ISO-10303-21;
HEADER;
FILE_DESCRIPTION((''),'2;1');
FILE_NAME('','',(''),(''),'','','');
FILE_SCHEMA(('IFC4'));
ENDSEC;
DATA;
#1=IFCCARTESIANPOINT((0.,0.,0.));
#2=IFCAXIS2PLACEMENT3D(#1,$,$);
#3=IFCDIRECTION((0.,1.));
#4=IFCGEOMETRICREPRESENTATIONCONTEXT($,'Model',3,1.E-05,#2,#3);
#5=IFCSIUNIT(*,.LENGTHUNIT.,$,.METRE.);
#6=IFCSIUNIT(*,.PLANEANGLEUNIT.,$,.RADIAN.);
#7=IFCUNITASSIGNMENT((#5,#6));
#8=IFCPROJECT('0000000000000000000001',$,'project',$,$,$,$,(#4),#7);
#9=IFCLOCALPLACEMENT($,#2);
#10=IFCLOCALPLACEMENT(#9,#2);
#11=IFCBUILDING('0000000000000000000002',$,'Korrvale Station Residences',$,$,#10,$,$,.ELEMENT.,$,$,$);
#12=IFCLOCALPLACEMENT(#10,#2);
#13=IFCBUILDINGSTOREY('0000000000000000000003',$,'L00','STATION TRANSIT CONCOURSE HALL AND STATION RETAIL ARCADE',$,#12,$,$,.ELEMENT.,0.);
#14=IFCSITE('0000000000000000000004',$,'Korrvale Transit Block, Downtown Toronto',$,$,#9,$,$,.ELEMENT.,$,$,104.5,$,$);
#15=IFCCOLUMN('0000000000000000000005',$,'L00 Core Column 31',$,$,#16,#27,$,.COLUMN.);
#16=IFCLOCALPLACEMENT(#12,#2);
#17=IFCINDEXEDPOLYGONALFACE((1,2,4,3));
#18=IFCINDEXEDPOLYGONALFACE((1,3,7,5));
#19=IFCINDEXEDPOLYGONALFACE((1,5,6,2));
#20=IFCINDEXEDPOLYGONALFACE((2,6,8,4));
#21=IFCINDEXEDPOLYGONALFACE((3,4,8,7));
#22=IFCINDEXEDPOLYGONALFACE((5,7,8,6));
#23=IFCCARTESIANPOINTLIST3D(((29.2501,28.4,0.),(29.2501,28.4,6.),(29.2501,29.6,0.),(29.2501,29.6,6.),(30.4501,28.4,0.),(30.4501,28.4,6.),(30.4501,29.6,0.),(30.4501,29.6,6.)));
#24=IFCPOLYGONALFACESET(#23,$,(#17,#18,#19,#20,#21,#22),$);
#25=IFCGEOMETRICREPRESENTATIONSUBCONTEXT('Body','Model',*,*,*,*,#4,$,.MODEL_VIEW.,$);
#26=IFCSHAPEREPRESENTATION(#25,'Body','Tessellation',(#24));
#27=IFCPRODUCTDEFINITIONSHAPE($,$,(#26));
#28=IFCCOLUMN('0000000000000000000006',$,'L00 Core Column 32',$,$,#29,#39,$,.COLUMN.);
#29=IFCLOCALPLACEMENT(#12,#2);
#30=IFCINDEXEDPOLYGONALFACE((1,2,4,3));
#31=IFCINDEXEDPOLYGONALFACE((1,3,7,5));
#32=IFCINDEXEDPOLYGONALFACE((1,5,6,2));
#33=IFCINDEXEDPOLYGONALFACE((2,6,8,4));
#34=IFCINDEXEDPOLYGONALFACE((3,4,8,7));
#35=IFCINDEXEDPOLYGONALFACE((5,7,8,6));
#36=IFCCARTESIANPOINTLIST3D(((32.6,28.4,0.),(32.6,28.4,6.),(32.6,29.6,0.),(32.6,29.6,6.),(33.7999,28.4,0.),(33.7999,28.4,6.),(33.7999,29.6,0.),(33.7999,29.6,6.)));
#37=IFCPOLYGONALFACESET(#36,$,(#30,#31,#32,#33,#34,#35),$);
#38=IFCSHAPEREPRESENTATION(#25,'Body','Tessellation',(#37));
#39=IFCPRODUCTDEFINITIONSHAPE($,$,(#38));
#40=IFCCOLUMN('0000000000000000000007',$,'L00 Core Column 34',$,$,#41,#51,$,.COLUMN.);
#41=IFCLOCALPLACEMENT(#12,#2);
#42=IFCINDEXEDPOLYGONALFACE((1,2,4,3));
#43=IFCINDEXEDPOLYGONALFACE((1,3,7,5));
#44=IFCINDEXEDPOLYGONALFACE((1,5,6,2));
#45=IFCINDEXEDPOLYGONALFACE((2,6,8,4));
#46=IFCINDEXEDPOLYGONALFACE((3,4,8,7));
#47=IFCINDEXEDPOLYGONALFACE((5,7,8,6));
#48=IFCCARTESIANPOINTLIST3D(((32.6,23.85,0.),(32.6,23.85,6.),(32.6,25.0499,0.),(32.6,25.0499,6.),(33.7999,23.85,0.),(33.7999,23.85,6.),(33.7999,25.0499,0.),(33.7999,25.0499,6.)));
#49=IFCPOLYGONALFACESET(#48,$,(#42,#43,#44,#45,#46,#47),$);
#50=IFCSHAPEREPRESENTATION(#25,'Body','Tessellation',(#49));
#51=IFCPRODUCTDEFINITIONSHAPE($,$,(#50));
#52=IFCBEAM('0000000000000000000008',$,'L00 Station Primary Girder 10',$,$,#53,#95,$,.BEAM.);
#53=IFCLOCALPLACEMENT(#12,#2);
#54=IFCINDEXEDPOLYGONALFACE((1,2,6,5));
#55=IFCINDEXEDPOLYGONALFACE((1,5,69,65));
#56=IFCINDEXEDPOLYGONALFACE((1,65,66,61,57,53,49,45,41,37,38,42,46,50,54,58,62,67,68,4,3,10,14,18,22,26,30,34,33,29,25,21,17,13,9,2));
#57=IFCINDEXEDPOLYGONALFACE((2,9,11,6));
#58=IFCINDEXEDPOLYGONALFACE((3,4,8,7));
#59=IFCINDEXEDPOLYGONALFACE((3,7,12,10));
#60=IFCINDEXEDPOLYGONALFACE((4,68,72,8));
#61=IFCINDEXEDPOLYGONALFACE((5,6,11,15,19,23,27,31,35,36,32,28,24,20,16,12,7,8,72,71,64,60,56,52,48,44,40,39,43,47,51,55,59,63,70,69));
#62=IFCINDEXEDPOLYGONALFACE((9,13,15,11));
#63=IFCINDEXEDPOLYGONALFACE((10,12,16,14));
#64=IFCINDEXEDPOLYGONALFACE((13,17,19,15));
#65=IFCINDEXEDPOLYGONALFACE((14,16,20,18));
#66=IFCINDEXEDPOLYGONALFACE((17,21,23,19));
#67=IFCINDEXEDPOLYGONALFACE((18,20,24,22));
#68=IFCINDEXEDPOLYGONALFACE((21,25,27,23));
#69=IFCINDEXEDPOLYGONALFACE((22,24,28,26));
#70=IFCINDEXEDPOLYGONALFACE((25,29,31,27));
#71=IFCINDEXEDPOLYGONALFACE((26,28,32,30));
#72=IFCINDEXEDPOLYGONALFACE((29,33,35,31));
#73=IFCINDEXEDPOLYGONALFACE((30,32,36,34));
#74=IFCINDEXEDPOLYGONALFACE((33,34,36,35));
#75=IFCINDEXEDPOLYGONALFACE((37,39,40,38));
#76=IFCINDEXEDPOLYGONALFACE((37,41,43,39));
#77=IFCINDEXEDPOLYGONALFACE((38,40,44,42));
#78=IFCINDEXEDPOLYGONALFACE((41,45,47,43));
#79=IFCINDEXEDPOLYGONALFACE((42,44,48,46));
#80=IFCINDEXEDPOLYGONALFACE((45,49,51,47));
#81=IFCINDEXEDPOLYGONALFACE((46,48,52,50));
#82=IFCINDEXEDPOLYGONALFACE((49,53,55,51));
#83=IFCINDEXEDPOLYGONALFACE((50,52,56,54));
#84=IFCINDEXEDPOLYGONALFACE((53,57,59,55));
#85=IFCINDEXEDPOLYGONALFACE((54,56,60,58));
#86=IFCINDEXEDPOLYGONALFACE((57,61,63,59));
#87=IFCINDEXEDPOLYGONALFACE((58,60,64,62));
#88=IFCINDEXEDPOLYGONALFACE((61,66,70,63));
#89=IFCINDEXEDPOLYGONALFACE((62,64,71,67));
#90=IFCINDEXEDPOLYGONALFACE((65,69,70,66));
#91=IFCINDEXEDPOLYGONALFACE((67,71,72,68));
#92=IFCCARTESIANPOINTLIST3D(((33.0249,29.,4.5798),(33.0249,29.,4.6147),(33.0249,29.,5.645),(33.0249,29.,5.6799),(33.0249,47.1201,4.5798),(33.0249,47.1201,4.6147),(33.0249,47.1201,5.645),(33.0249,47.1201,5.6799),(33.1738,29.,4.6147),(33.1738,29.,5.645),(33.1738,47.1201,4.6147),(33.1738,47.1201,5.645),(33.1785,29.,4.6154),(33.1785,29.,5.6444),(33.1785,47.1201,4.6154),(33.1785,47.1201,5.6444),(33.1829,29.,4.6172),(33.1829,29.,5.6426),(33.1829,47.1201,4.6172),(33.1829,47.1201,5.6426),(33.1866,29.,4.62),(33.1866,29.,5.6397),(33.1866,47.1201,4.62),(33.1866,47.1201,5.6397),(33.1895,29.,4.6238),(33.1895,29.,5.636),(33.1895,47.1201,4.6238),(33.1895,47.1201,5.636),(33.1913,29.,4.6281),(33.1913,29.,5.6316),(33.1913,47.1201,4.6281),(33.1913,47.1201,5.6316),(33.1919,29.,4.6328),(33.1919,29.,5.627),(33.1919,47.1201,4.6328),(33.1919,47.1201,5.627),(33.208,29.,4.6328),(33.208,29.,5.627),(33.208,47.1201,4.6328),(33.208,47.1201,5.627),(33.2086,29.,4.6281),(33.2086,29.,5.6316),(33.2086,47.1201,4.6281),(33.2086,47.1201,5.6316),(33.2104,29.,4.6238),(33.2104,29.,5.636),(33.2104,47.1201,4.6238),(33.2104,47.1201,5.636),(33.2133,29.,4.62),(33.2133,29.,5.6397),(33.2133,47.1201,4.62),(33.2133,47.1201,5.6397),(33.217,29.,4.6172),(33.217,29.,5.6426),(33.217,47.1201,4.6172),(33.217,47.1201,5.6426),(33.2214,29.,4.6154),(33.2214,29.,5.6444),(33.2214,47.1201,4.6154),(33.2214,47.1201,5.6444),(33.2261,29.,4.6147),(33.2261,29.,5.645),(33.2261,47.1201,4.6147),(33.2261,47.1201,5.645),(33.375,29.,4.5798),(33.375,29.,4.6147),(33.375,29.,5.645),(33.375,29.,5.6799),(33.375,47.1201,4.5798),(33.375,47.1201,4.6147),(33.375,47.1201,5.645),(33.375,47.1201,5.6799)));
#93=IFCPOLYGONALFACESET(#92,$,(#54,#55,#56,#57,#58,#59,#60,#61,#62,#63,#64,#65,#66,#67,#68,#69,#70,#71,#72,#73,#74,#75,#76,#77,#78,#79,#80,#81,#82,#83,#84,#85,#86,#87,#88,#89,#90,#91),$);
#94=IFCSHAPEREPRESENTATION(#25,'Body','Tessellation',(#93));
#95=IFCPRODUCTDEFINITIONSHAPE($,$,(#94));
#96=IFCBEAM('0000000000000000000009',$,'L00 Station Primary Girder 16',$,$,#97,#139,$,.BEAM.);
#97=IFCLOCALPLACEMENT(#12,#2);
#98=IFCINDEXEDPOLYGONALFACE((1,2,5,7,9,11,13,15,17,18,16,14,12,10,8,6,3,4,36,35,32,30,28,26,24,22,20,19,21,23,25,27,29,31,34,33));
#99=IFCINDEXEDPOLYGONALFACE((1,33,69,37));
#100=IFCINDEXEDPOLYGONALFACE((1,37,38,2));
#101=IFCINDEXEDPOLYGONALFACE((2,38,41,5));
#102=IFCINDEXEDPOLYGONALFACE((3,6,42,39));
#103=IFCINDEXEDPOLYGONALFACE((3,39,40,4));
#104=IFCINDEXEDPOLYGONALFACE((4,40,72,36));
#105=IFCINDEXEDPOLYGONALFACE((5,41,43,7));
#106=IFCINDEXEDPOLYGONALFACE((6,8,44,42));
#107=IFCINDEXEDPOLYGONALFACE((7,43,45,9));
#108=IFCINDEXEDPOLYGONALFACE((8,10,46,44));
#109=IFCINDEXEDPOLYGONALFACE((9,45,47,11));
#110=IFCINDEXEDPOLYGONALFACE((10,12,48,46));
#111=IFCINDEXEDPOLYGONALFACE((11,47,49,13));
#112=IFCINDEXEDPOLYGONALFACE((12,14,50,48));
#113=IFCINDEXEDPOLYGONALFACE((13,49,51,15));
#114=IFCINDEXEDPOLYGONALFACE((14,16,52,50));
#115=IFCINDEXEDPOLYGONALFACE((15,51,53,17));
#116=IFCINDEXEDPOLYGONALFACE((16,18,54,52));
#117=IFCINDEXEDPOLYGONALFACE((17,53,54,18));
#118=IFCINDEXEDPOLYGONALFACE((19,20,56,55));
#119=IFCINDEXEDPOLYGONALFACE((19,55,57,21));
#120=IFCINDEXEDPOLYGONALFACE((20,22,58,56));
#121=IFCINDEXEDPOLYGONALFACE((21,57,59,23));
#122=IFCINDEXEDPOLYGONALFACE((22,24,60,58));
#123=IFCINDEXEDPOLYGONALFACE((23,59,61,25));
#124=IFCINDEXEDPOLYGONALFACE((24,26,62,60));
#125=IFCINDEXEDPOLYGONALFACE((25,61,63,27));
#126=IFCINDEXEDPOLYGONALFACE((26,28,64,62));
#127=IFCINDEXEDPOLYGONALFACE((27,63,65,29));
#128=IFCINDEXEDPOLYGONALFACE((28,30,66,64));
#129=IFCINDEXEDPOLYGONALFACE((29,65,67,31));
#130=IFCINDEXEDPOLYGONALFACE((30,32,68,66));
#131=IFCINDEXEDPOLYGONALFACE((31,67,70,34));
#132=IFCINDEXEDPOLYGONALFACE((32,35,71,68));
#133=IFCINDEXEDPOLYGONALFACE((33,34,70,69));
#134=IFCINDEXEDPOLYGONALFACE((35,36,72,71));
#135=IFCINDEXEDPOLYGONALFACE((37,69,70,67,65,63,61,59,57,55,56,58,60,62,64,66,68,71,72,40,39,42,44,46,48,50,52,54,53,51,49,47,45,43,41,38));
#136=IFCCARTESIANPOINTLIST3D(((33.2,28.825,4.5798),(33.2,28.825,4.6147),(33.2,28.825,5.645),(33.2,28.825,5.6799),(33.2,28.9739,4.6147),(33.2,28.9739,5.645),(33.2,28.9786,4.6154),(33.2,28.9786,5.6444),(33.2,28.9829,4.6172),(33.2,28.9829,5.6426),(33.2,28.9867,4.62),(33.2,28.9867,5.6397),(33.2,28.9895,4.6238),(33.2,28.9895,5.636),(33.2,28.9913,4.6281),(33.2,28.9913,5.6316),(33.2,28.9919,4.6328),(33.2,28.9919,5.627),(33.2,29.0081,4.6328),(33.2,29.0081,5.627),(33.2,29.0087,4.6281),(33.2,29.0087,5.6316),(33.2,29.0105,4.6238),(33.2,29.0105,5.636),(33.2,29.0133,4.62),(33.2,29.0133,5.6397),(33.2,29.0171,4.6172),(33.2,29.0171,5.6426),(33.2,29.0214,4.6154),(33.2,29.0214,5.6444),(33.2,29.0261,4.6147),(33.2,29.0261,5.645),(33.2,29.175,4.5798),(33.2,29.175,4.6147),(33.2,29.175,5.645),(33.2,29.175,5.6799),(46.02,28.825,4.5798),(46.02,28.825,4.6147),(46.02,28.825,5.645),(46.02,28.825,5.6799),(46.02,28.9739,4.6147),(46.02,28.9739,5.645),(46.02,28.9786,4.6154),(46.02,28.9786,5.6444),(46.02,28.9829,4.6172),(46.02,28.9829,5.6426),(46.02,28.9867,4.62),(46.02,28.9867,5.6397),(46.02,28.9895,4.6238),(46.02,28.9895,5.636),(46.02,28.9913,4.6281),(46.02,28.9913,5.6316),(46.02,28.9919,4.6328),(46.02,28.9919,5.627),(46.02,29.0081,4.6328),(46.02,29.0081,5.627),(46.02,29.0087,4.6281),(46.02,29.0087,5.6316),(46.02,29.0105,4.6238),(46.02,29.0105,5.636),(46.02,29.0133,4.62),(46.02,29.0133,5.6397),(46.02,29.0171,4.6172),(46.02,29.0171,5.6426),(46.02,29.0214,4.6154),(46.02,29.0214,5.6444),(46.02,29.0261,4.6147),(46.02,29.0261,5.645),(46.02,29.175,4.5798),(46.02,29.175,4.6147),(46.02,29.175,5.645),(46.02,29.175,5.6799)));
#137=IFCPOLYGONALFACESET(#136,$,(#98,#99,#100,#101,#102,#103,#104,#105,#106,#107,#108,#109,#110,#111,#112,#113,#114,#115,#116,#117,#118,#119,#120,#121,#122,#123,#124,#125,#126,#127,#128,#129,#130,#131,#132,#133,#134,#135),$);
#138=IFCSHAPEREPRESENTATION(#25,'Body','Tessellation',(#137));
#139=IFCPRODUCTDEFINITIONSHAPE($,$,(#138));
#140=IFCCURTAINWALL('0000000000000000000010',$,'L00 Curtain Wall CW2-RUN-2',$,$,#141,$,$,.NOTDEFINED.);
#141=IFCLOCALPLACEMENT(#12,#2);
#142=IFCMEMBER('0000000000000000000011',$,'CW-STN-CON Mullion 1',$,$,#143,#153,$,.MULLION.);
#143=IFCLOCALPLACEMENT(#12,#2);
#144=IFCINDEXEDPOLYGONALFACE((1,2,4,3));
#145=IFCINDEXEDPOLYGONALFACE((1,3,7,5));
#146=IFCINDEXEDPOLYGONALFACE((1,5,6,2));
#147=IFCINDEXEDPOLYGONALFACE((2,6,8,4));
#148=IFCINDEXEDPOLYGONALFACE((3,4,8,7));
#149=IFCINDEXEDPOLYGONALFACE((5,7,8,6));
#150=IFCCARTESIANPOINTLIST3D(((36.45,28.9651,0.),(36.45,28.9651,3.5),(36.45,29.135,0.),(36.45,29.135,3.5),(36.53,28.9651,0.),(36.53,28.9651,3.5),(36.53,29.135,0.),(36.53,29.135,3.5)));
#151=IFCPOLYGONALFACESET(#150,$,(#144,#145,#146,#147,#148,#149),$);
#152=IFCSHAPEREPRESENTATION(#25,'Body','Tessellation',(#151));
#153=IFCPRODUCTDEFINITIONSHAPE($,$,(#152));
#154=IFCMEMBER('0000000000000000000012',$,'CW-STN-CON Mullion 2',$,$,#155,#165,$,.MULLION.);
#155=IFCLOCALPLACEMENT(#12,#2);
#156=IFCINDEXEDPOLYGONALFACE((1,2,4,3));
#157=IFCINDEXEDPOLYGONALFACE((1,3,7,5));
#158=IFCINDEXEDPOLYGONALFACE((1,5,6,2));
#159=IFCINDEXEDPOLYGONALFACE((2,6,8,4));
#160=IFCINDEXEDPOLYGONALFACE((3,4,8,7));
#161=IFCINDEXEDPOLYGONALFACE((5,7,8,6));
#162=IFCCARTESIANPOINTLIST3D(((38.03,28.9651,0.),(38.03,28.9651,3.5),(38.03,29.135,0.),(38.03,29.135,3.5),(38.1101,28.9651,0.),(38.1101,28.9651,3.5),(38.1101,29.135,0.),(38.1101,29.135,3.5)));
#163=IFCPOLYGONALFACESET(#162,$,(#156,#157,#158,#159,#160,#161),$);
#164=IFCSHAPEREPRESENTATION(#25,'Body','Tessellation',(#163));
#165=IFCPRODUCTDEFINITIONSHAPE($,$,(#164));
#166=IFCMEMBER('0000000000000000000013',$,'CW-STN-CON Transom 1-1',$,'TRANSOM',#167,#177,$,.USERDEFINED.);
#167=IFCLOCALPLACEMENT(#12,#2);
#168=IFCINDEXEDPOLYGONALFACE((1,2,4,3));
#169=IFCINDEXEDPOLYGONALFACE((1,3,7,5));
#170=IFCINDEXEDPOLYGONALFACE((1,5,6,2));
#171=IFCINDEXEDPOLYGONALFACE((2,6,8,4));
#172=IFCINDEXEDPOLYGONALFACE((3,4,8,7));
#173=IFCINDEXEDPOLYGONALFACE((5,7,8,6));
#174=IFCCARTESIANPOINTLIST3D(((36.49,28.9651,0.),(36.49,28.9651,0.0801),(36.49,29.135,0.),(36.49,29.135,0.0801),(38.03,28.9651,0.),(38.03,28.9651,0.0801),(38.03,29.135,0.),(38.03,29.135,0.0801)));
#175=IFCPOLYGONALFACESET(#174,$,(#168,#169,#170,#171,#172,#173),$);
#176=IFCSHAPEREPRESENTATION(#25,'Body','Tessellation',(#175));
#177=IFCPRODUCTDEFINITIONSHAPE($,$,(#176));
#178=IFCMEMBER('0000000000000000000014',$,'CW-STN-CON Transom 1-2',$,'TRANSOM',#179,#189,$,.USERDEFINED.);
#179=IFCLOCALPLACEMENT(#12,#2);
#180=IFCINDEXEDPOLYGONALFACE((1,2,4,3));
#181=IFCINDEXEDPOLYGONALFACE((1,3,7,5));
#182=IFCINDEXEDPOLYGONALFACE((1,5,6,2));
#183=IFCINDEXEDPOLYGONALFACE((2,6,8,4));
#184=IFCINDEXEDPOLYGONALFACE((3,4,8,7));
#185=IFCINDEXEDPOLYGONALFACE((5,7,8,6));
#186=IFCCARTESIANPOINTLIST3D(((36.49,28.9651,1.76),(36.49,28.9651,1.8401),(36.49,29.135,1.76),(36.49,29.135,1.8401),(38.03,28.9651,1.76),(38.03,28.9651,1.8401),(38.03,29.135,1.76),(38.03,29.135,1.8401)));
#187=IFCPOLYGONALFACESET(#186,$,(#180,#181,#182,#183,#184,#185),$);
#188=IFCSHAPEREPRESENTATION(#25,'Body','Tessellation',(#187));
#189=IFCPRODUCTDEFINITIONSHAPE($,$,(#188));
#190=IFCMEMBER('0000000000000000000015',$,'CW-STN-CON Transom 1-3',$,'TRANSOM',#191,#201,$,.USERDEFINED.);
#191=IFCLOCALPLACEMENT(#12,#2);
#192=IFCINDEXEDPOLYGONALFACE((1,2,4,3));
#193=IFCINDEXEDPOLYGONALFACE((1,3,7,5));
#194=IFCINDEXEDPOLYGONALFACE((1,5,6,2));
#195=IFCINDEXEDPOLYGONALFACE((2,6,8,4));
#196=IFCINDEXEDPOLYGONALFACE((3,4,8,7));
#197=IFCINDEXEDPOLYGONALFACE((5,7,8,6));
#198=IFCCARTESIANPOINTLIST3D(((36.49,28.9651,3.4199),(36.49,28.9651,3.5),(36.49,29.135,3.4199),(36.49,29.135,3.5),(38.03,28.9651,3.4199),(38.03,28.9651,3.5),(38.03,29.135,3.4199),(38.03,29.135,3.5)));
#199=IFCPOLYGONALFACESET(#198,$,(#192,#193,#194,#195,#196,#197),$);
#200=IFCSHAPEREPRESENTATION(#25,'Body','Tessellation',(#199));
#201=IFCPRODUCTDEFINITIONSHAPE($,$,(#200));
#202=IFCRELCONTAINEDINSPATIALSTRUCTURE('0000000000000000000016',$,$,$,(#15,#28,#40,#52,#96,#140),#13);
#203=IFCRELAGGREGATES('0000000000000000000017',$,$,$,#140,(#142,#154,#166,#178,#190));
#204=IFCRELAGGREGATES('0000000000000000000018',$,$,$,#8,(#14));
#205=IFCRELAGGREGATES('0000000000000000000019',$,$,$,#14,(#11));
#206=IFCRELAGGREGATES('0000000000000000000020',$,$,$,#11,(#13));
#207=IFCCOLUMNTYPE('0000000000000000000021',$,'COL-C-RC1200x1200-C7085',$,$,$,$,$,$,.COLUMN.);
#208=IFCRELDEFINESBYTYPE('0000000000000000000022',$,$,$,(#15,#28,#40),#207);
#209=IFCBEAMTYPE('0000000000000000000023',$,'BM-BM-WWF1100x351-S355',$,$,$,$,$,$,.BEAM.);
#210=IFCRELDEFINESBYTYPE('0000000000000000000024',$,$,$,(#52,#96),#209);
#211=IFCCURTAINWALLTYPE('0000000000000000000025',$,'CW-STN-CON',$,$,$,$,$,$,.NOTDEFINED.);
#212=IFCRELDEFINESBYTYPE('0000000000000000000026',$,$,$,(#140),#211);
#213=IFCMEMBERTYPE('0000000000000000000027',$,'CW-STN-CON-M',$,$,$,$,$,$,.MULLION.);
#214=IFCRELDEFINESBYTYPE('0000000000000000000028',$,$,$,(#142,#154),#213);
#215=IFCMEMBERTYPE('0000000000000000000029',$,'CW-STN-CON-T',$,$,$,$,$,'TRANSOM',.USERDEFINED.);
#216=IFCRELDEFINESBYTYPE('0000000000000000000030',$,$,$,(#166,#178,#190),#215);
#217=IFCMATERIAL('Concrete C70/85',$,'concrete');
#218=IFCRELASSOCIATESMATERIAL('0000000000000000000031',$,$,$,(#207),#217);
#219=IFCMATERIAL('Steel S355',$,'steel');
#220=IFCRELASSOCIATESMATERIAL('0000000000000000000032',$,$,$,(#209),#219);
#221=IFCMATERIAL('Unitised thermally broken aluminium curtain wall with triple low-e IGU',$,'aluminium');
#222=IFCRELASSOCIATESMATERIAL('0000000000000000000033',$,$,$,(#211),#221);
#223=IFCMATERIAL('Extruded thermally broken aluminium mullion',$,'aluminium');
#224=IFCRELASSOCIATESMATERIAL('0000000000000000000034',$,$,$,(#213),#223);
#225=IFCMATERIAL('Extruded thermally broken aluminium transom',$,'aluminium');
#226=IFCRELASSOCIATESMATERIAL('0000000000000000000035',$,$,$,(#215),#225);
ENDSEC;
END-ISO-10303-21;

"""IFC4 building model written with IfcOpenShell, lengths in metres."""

from ifc_helpers import new_model, si_unit, direction, frame, origin, origin_2d, place, context, subcontext, project, spatial, rectangle, i_section, extrude, material, material_profile, profile_set, type_object, element, aggregate, save


model = new_model("IFC4")

# Units and contexts
model_context = context("Model", 3, precision=1e-05, world=origin(), true_north=direction((0.0, 1.0)))
body_context = subcontext(model_context, "Body", "Model", "MODEL_VIEW")
ifc_project = project(units=[si_unit("LENGTHUNIT", "METRE"), si_unit("PLANEANGLEUNIT", "RADIAN")], contexts=[model_context])

# Site, building, storey
site_placement = place(None, origin())
site = spatial("IfcSite", under=ifc_project, at=site_placement, Name="Korrvale Transit Block, Downtown Toronto", CompositionType="ELEMENT", RefElevation=104.5)
building_placement = place(site_placement, origin())
building = spatial("IfcBuilding", under=site, at=building_placement, Name="Korrvale Station Residences", CompositionType="ELEMENT")
storey_placement = place(building_placement, origin())
storey = spatial("IfcBuildingStorey", under=building, at=storey_placement, Name="L00", Description="STATION TRANSIT CONCOURSE HALL AND STATION RETAIL ARCADE", CompositionType="ELEMENT", Elevation=0.0)

# Columns
ifc_material_1 = material(Name="Concrete C70/85", Category="concrete")
ifc_material_profile_1 = material_profile(ifc_material_1, rectangle(XDim=1.2, YDim=1.2, at=origin_2d()), Name="RC1200x1200")
ifc_profile_set_1 = profile_set([ifc_material_profile_1], Name="Concrete C70/85")
column_type = type_object("IfcColumnType", Name="COL-C-RC1200x1200-C7085", PredefinedType="COLUMN", material=ifc_profile_set_1)
for number, where, z_axis, x_axis, name in (
    (1, (29.8501, 29.0, 0.0), (0.0, 0.0, 1.0), (1.0, 0.0, 0.0), "L00 Core Column 31"),
    (2, (33.2, 29.0, 0.0), (0.0, 0.0, 1.0), (1.0, 0.0, 0.0), "L00 Core Column 32"),
    (3, (33.2, 24.45, 0.0), (0.0, 0.0, 1.0), (1.0, 0.0, 0.0), "L00 Core Column 34"),
):
    element("IfcColumn", number, at=place(storey_placement, frame(where, z_axis=z_axis, x_axis=x_axis)), inside=storey, type_object=column_type, Name=name, PredefinedType="COLUMN", context=body_context, shape_type="SweptSolid", body=[
        extrude(rectangle(XDim=1.2, YDim=1.2, at=origin_2d()), origin(), (0.0, 0.0, 1.0), 6.0),
    ])

# Beams
ifc_material_2 = material(Name="Steel S355", Category="steel")
ifc_material_profile_2 = material_profile(ifc_material_2, i_section(OverallWidth=0.3501, OverallDepth=1.1001, WebThickness=0.0161, FlangeThickness=0.0349, FilletRadius=0.0181, at=origin_2d()), Name="WWF1100x351")
ifc_profile_set_2 = profile_set([ifc_material_profile_2], Name="Steel S355")
beam_type = type_object("IfcBeamType", Name="BM-BM-WWF1100x351-S355", PredefinedType="BEAM", material=ifc_profile_set_2)
beam_1_placement = place(storey_placement, frame((33.2, 29.0, 5.1299), z_axis=(0.0, 1.0, 0.0), x_axis=(-1.0, 0.0, 0.0)))
element("IfcBeam", 4, at=beam_1_placement, inside=storey, type_object=beam_type, Name="L00 Station Primary Girder 10", PredefinedType="BEAM", context=body_context, shape_type="SweptSolid", body=[
    extrude(i_section(OverallWidth=0.3501, OverallDepth=1.1001, WebThickness=0.0161, FlangeThickness=0.0349, FilletRadius=0.0181, at=origin_2d()), origin(), (0.0, 0.0, 1.0), 18.1201),
])
beam_2_placement = place(storey_placement, frame((33.2, 29.0, 5.1299), z_axis=(1.0, 0.0, 0.0), x_axis=(0.0, 1.0, 0.0)))
element("IfcBeam", 5, at=beam_2_placement, inside=storey, type_object=beam_type, Name="L00 Station Primary Girder 16", PredefinedType="BEAM", context=body_context, shape_type="SweptSolid", body=[
    extrude(i_section(OverallWidth=0.3501, OverallDepth=1.1001, WebThickness=0.0161, FlangeThickness=0.0349, FilletRadius=0.0181, at=origin_2d()), origin(), (0.0, 0.0, 1.0), 12.8201),
])

# Curtain wall, members
ifc_material_3 = material(Name="Unitised thermally broken aluminium curtain wall with triple low-e IGU", Category="aluminium")
curtain_wall_type = type_object("IfcCurtainWallType", Name="CW-STN-CON", PredefinedType="NOTDEFINED", material=ifc_material_3)
curtain_wall_placement = place(storey_placement, origin())
curtain_wall = element("IfcCurtainWall", 6, at=curtain_wall_placement, inside=storey, type_object=curtain_wall_type, Name="L00 Curtain Wall CW2-RUN-2", PredefinedType="NOTDEFINED")
ifc_material_4 = material(Name="Extruded thermally broken aluminium mullion", Category="aluminium")
member_type_1 = type_object("IfcMemberType", Name="CW-STN-CON-M", PredefinedType="MULLION", material=ifc_material_4)
member_1_placement = place(storey_placement, frame((36.49, 29.05, 0.0), z_axis=(0.0, 0.0, 1.0), x_axis=(1.0, 0.0, 0.0)))
member_1 = element("IfcMember", 7, at=member_1_placement, type_object=member_type_1, Name="CW-STN-CON Mullion 1", PredefinedType="MULLION", context=body_context, shape_type="SweptSolid", body=[
    extrude(rectangle(XDim=0.0801, YDim=0.1699, at=origin_2d()), origin(), (0.0, 0.0, 1.0), 3.5),
])
member_2_placement = place(storey_placement, frame((38.0701, 29.05, 0.0), z_axis=(0.0, 0.0, 1.0), x_axis=(1.0, 0.0, 0.0)))
member_2 = element("IfcMember", 8, at=member_2_placement, type_object=member_type_1, Name="CW-STN-CON Mullion 2", PredefinedType="MULLION", context=body_context, shape_type="SweptSolid", body=[
    extrude(rectangle(XDim=0.0801, YDim=0.1699, at=origin_2d()), origin(), (0.0, 0.0, 1.0), 3.5),
])
ifc_material_5 = material(Name="Extruded thermally broken aluminium transom", Category="aluminium")
member_type_2 = type_object("IfcMemberType", Name="CW-STN-CON-T", ElementType="TRANSOM", PredefinedType="USERDEFINED", material=ifc_material_5)
member_3_placement = place(storey_placement, frame((37.26, 29.05, 0.0), z_axis=(0.0, 0.0, 1.0), x_axis=(1.0, 0.0, 0.0)))
member_3 = element("IfcMember", 9, at=member_3_placement, type_object=member_type_2, Name="CW-STN-CON Transom 1-1", ObjectType="TRANSOM", PredefinedType="USERDEFINED", context=body_context, shape_type="SweptSolid", body=[
    extrude(rectangle(XDim=1.54, YDim=0.1699, at=origin_2d()), origin(), (0.0, 0.0, 1.0), 0.0801),
])
member_4_placement = place(storey_placement, frame((37.26, 29.05, 1.76), z_axis=(0.0, 0.0, 1.0), x_axis=(1.0, 0.0, 0.0)))
member_4 = element("IfcMember", 10, at=member_4_placement, type_object=member_type_2, Name="CW-STN-CON Transom 1-2", ObjectType="TRANSOM", PredefinedType="USERDEFINED", context=body_context, shape_type="SweptSolid", body=[
    extrude(rectangle(XDim=1.54, YDim=0.1699, at=origin_2d()), origin(), (0.0, 0.0, 1.0), 0.0801),
])
member_5_placement = place(storey_placement, frame((37.26, 29.05, 3.4199), z_axis=(0.0, 0.0, 1.0), x_axis=(1.0, 0.0, 0.0)))
member_5 = element("IfcMember", 11, at=member_5_placement, type_object=member_type_2, Name="CW-STN-CON Transom 1-3", ObjectType="TRANSOM", PredefinedType="USERDEFINED", context=body_context, shape_type="SweptSolid", body=[
    extrude(rectangle(XDim=1.54, YDim=0.1699, at=origin_2d()), origin(), (0.0, 0.0, 1.0), 0.0801),
])
aggregate(curtain_wall, [member_1, member_2, member_3, member_4, member_5])

save(model, "model.ifc")
